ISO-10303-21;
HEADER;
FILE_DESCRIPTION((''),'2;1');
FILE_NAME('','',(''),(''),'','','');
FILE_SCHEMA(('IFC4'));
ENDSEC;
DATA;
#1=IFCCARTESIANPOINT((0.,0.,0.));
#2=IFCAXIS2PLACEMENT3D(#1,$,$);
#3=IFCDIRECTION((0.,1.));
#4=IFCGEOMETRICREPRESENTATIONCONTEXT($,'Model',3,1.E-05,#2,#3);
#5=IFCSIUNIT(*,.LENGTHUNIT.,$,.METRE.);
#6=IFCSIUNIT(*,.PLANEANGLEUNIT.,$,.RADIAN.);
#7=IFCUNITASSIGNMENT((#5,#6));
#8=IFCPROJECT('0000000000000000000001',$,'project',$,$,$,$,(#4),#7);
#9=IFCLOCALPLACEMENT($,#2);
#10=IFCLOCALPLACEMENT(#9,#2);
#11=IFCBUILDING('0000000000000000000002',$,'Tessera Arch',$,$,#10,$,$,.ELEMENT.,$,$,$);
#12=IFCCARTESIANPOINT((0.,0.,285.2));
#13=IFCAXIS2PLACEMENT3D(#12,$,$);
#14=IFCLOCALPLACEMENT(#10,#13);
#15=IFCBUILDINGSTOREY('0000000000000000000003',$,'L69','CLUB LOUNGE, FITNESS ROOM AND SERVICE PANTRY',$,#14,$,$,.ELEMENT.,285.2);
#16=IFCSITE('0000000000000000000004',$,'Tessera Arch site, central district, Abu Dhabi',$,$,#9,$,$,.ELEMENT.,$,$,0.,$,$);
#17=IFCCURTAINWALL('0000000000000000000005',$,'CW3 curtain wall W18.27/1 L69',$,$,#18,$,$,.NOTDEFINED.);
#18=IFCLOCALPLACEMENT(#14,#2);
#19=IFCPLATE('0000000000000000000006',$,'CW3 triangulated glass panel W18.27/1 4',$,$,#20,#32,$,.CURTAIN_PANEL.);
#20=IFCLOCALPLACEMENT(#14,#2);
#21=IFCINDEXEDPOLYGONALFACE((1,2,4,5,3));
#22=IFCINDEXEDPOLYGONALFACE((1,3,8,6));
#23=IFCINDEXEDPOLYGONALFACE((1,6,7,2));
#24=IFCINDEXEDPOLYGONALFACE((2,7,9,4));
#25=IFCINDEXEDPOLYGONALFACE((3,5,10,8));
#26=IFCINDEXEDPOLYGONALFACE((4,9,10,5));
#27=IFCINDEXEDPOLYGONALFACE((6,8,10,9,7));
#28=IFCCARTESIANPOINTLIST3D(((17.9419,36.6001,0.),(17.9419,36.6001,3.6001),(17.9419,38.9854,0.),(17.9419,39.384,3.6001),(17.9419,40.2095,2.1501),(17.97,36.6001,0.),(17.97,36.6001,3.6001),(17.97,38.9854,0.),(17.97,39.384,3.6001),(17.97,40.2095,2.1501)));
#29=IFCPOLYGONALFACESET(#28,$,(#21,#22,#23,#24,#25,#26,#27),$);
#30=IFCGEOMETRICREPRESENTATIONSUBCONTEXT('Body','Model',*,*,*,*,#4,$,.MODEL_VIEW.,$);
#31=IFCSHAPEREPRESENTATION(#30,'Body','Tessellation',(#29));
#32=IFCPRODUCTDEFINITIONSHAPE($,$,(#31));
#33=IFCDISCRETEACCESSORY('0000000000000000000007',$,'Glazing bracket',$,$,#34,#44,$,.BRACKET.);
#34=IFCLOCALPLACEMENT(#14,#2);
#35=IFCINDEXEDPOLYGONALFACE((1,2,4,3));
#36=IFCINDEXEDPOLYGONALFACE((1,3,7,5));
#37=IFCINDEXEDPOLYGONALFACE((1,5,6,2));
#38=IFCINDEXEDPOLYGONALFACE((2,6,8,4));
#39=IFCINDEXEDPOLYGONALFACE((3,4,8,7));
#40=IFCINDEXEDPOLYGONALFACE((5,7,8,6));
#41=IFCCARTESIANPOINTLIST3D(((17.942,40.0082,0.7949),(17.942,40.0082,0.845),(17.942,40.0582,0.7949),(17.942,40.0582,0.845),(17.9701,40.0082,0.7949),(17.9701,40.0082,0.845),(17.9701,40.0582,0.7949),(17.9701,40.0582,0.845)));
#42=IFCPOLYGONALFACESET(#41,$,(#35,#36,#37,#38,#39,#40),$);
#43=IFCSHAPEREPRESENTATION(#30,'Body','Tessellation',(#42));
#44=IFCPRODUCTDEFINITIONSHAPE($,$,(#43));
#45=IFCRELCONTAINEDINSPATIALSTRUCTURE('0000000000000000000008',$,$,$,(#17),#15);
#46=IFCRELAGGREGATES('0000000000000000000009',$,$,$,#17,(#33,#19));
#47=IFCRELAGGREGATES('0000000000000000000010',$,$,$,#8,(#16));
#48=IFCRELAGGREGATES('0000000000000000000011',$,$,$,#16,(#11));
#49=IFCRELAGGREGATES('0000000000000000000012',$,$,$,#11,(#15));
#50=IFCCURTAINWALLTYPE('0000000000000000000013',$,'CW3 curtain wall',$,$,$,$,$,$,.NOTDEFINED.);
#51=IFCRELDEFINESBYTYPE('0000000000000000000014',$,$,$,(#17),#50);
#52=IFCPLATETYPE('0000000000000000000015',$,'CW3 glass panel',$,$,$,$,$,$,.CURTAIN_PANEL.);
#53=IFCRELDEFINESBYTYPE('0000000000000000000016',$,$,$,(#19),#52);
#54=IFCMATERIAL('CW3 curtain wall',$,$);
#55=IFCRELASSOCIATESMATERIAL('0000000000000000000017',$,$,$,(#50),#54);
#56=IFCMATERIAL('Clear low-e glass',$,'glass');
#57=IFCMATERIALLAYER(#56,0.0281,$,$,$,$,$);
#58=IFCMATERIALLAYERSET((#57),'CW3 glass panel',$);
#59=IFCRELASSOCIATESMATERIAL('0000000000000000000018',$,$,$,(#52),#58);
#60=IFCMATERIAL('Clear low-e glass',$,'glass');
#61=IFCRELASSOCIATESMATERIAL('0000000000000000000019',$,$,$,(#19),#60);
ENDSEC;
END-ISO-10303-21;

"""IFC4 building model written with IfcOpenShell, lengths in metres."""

from ifc_helpers import new_model, si_unit, direction, frame, origin, origin_2d, place, context, subcontext, project, spatial, polyline, rectangle, outline, extrude, material, layer, layer_set, type_object, element, aggregate, save


model = new_model("IFC4")

# Units and contexts
model_context = context("Model", 3, precision=1e-05, world=origin(), true_north=direction((0.0, 1.0)))
body_context = subcontext(model_context, "Body", "Model", "MODEL_VIEW")
ifc_project = project(units=[si_unit("LENGTHUNIT", "METRE"), si_unit("PLANEANGLEUNIT", "RADIAN")], contexts=[model_context])

# Site, building, storey
site_placement = place(None, origin())
site = spatial("IfcSite", under=ifc_project, at=site_placement, Name="Tessera Arch site, central district, Abu Dhabi", CompositionType="ELEMENT", RefElevation=0.0)
building_placement = place(site_placement, origin())
building = spatial("IfcBuilding", under=site, at=building_placement, Name="Tessera Arch", CompositionType="ELEMENT")
storey_placement = place(building_placement, frame((0.0, 0.0, 285.2)))
storey = spatial("IfcBuildingStorey", under=building, at=storey_placement, Name="L69", Description="CLUB LOUNGE, FITNESS ROOM AND SERVICE PANTRY", CompositionType="ELEMENT", Elevation=285.2)

# Curtain wall
ifc_material_1 = material(Name="CW3 curtain wall")
curtain_wall_type_1 = type_object("IfcCurtainWallType", Name="CW3 curtain wall", PredefinedType="NOTDEFINED", material=ifc_material_1)
curtain_wall_1_placement = place(storey_placement, origin())
curtain_wall_1 = element("IfcCurtainWall", 1, at=curtain_wall_1_placement, inside=storey, type_object=curtain_wall_type_1, Name="CW3 curtain wall W18.27/1 L69", PredefinedType="NOTDEFINED")

# Plate
ifc_material_2 = material(Name="Clear low-e glass", Category="glass")
ifc_material_3 = material(Name="Clear low-e glass", Category="glass")
ifc_layer_1 = layer(ifc_material_3, 0.0281)
ifc_layer_set_1 = layer_set([ifc_layer_1], Name="CW3 glass panel")
plate_type_1 = type_object("IfcPlateType", Name="CW3 glass panel", PredefinedType="CURTAIN_PANEL", material=ifc_layer_set_1)
plate_1_placement = place(storey_placement, frame((17.9419, 36.6001, 3.6001), z_axis=(-1.0, 0.0, 0.0), x_axis=(0.0, 1.0, 0.0)))
plate_1 = element("IfcPlate", 2, at=plate_1_placement, type_object=plate_type_1, material=ifc_material_2, Name="CW3 triangulated glass panel W18.27/1 4", PredefinedType="CURTAIN_PANEL", context=body_context, shape_type="SweptSolid", body=[
    extrude(outline(polyline([(0.0, 0.0), (2.7839, 0.0), (3.6094, 1.45), (2.3853, 3.6001), (0.0, 3.6001), (0.0, 0.0)])), origin(), (0.0, 0.0, -1.0), 0.0281),
])

# Discrete accessory
discrete_accessory_placement = place(storey_placement, frame((17.9561, 40.0332, 0.7949), z_axis=(0.0, 0.0, 1.0), x_axis=(0.0, -1.0, 0.0)))
discrete_accessory = element("IfcDiscreteAccessory", 3, at=discrete_accessory_placement, Name="Glazing bracket", PredefinedType="BRACKET", context=body_context, shape_type="SweptSolid", body=[
    extrude(rectangle(XDim=0.05, YDim=0.0281, at=origin_2d()), origin(), (0.0, 0.0, 1.0), 0.05),
])
aggregate(curtain_wall_1, [discrete_accessory, plate_1])

save(model, "model.ifc")
